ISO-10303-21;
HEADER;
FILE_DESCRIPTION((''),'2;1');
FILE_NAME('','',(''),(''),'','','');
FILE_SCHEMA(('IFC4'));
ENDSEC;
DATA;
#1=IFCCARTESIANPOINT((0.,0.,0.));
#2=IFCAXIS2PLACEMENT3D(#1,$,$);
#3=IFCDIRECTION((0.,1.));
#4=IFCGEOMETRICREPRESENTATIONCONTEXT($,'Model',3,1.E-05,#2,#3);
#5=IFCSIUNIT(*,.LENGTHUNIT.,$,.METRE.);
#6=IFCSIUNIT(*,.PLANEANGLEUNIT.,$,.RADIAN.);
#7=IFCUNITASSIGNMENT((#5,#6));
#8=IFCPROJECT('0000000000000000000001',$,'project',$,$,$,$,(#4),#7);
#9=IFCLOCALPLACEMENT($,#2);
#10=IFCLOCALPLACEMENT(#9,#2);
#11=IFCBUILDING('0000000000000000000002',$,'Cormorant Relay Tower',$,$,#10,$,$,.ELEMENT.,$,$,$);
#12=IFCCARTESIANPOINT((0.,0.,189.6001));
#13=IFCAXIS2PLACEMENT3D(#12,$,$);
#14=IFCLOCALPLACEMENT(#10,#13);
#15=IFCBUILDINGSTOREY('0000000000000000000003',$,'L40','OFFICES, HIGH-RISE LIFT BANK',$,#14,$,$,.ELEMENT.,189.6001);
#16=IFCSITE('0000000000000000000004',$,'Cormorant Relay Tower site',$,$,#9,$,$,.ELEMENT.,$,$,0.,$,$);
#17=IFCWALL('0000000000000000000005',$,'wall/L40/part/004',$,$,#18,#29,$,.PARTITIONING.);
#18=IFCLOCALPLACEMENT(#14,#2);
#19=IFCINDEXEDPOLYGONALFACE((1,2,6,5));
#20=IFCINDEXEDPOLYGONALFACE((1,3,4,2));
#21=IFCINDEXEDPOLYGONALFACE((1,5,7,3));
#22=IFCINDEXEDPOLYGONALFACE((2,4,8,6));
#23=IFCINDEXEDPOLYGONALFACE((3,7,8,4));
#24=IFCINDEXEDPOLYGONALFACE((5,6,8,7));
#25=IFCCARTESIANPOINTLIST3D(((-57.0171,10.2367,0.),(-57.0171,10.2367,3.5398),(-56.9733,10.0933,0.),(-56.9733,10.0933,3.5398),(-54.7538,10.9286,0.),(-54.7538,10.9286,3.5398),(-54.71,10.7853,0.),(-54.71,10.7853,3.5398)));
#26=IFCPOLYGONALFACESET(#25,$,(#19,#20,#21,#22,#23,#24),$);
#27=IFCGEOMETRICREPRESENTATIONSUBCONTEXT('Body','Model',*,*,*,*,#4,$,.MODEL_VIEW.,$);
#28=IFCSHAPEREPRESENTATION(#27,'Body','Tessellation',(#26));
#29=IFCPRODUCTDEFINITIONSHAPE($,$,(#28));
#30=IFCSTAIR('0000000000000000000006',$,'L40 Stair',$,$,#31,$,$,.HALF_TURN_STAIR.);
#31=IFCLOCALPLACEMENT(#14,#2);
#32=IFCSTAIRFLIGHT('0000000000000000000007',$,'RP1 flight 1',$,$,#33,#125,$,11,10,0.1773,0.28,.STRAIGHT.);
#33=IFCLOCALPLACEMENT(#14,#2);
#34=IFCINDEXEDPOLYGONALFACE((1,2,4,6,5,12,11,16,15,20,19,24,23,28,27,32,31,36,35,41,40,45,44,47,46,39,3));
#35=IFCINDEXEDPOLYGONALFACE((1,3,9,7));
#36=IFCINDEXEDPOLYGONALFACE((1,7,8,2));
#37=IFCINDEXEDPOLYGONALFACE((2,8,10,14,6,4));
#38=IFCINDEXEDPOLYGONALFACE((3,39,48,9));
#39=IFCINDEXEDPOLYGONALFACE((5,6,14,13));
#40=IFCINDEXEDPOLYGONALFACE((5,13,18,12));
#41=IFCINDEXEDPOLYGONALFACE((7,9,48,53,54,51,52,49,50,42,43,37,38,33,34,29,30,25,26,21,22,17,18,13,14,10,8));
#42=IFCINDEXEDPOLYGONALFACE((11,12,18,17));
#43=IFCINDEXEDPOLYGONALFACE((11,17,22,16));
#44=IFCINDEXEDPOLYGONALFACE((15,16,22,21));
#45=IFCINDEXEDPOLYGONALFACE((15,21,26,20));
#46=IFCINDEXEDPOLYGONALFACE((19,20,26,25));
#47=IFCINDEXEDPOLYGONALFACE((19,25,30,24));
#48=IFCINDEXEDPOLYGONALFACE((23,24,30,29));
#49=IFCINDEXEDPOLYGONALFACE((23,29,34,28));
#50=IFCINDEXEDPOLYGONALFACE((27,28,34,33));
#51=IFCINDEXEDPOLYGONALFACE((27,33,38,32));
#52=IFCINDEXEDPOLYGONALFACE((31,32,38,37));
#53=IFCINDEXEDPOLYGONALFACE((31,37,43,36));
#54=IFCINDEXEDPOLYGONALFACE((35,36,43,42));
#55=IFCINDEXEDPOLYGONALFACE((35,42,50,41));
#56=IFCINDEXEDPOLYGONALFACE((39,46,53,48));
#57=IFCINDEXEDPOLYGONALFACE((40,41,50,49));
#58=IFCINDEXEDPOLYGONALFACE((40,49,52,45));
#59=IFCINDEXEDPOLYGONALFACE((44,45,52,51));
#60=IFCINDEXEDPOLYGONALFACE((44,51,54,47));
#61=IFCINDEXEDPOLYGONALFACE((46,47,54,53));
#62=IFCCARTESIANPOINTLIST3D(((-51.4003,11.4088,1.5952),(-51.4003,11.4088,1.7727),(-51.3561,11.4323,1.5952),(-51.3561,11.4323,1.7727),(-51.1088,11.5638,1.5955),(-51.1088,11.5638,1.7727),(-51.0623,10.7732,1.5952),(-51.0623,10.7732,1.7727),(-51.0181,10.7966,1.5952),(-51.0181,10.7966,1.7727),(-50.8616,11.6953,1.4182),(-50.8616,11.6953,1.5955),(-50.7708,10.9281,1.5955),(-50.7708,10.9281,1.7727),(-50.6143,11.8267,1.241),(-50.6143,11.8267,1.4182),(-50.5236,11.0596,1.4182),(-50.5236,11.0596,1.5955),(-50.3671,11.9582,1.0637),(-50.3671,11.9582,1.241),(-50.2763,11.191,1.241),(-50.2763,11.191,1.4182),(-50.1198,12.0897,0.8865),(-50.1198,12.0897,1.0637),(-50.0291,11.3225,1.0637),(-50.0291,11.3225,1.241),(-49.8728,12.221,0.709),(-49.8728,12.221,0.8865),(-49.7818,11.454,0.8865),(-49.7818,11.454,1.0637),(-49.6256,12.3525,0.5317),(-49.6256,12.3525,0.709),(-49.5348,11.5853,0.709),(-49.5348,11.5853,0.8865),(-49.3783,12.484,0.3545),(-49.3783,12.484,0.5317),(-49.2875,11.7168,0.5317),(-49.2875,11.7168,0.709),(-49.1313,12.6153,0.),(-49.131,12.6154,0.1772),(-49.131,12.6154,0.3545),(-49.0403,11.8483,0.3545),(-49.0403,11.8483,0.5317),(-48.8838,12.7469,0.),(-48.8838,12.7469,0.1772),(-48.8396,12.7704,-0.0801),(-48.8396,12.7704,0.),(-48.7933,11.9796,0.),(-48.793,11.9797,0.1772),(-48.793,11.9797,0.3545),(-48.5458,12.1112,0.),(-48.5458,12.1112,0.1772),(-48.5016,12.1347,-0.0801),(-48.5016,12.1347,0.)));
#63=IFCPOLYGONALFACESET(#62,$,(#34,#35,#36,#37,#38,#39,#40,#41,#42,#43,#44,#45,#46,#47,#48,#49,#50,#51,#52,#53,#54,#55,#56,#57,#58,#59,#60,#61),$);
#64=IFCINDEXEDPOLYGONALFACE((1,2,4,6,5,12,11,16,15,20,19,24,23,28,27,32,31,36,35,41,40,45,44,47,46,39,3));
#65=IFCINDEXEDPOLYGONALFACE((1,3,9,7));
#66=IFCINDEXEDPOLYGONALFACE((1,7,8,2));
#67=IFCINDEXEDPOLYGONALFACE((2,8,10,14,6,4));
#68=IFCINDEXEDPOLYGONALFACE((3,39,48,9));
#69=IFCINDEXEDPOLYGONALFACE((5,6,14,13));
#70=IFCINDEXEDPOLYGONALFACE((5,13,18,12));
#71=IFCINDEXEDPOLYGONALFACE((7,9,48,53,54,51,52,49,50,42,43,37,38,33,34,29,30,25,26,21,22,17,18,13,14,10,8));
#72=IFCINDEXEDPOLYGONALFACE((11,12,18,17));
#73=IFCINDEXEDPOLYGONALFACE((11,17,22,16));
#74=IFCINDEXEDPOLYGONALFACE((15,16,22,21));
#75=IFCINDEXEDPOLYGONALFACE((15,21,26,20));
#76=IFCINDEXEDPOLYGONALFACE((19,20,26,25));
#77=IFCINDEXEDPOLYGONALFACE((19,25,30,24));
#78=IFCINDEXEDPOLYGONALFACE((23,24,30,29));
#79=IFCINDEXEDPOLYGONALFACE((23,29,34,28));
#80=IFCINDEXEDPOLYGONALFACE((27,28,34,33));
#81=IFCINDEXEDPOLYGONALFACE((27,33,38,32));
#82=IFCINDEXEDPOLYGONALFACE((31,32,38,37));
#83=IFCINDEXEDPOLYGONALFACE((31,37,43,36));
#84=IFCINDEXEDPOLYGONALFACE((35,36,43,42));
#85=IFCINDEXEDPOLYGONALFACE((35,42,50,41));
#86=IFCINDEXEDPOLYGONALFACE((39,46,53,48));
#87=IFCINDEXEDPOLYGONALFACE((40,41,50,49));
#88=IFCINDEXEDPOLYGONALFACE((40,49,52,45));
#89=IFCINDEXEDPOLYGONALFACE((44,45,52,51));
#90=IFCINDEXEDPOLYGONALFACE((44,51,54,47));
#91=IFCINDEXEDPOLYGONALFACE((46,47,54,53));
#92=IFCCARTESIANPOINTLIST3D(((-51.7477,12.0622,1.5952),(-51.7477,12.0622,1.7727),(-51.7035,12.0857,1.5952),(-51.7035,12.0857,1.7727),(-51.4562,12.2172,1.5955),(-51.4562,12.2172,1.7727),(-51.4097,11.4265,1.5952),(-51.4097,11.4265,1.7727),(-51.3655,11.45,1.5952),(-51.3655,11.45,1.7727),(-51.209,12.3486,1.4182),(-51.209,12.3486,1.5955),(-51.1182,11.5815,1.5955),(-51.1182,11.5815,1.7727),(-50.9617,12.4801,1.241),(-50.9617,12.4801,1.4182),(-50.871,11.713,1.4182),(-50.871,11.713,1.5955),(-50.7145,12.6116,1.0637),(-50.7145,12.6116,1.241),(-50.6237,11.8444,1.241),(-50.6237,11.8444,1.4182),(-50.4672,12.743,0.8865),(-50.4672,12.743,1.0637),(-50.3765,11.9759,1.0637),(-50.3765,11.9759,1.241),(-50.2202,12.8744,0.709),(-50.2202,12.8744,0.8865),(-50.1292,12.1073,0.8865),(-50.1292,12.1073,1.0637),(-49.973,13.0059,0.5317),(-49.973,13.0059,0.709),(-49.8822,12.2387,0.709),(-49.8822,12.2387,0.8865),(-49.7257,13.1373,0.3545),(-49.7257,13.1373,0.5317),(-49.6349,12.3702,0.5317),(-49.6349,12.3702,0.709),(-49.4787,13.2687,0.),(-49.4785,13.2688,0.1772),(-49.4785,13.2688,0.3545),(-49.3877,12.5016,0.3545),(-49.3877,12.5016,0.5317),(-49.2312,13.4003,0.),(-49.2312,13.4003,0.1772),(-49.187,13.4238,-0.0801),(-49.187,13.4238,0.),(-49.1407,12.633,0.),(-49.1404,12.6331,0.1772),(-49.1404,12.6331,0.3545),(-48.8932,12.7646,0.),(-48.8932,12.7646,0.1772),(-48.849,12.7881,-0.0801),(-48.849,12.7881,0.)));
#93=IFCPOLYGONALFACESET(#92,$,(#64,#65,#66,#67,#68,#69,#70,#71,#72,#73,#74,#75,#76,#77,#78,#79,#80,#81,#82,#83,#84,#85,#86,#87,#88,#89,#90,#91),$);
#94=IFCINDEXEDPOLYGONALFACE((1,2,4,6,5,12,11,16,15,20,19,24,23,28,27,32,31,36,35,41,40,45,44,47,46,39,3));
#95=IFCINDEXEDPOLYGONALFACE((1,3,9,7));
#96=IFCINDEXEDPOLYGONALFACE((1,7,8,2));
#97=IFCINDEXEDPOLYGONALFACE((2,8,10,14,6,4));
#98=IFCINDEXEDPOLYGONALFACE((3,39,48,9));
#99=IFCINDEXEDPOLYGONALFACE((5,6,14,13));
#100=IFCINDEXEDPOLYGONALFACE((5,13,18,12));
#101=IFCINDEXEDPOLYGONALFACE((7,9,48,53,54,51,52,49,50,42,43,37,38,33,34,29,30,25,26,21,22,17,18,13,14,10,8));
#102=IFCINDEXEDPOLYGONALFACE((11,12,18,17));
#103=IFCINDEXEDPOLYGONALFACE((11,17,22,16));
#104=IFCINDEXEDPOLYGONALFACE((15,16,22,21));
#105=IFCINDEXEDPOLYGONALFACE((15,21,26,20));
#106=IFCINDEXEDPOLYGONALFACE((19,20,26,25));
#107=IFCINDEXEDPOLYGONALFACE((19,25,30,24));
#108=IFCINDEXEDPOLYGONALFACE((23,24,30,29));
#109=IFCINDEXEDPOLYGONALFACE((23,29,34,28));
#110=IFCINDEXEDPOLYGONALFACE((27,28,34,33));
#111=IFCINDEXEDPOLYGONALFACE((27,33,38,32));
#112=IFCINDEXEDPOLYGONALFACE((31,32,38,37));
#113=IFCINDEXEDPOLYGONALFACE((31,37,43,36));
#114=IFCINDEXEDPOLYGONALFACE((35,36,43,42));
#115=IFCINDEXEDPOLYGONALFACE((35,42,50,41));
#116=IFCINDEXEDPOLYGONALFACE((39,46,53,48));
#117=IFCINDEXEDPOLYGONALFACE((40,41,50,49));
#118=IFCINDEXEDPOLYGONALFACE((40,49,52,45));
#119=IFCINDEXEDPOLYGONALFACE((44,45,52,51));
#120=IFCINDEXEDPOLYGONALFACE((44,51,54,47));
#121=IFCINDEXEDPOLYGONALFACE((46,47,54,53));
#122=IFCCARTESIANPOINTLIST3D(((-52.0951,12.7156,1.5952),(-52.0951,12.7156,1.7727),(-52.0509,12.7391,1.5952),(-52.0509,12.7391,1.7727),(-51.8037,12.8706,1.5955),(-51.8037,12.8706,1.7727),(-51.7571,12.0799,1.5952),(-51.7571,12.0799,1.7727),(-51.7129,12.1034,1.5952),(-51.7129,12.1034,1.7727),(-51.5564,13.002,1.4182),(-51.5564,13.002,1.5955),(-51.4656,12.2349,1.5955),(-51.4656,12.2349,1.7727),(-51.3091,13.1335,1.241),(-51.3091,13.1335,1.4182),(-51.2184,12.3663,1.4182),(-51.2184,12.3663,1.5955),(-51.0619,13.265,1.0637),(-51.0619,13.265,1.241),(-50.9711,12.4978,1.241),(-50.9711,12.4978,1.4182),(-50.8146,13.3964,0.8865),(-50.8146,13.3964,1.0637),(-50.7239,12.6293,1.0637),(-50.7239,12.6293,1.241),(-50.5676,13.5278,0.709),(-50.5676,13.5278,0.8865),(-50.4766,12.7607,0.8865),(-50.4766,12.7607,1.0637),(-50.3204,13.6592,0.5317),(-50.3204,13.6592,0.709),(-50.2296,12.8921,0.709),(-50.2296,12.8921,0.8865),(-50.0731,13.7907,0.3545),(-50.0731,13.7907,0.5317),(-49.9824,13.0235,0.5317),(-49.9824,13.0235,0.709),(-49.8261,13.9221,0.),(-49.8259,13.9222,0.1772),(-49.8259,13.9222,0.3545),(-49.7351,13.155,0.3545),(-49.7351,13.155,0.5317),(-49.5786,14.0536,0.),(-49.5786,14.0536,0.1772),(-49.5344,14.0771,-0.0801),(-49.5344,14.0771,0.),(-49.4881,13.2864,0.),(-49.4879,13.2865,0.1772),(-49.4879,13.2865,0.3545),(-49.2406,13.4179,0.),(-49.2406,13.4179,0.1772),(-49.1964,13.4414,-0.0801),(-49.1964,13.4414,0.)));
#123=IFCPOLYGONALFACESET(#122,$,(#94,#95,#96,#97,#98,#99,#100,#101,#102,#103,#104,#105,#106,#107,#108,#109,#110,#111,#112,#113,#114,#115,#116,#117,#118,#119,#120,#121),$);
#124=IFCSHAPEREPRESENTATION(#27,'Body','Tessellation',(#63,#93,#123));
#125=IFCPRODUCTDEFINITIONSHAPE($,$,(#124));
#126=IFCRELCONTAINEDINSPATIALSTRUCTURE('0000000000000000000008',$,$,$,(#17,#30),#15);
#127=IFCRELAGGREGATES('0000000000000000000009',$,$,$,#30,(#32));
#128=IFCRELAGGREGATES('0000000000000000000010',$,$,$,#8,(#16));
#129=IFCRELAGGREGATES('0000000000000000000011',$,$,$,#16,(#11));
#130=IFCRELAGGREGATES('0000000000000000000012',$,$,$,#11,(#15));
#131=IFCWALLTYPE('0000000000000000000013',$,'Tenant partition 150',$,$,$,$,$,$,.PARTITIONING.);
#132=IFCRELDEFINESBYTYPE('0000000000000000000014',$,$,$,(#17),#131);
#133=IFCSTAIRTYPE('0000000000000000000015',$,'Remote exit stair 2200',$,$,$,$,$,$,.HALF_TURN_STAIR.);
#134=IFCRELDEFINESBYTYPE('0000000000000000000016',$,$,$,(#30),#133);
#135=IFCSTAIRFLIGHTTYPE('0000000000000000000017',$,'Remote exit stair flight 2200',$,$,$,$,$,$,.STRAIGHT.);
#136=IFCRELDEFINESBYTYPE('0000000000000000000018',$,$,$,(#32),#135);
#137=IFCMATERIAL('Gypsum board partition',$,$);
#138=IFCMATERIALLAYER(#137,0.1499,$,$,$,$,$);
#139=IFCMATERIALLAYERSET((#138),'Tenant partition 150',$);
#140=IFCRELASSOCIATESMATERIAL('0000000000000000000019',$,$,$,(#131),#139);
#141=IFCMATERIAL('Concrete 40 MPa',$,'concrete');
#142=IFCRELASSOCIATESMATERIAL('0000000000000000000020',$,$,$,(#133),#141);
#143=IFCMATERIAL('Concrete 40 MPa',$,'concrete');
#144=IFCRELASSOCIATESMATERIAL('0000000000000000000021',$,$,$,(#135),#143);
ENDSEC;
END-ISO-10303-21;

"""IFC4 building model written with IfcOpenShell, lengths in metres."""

from ifc_helpers import new_model, si_unit, direction, frame, frame_2d, origin, place, context, subcontext, project, spatial, polyline, rectangle, outline, extrude, material, layer, layer_set, type_object, element, aggregate, save


model = new_model("IFC4")

# Units and contexts
model_context = context("Model", 3, precision=1e-05, world=origin(), true_north=direction((0.0, 1.0)))
body_context = subcontext(model_context, "Body", "Model", "MODEL_VIEW")
ifc_project = project(units=[si_unit("LENGTHUNIT", "METRE"), si_unit("PLANEANGLEUNIT", "RADIAN")], contexts=[model_context])

# Site, building, storey
site_placement = place(None, origin())
site = spatial("IfcSite", under=ifc_project, at=site_placement, Name="Cormorant Relay Tower site", CompositionType="ELEMENT", RefElevation=0.0)
building_placement = place(site_placement, origin())
building = spatial("IfcBuilding", under=site, at=building_placement, Name="Cormorant Relay Tower", CompositionType="ELEMENT")
storey_placement = place(building_placement, frame((0.0, 0.0, 189.6001)))
storey = spatial("IfcBuildingStorey", under=building, at=storey_placement, Name="L40", Description="OFFICES, HIGH-RISE LIFT BANK", CompositionType="ELEMENT", Elevation=189.6001)

# Wall
ifc_material_1 = material(Name="Gypsum board partition")
ifc_layer_1 = layer(ifc_material_1, 0.1499)
ifc_layer_set_1 = layer_set([ifc_layer_1], Name="Tenant partition 150")
wall_type_1 = type_object("IfcWallType", Name="Tenant partition 150", PredefinedType="PARTITIONING", material=ifc_layer_set_1)
wall_1_placement = place(storey_placement, frame((-54.7319, 10.8569, 0.0), z_axis=(0.0, 0.0, 1.0), x_axis=(-0.956308, -0.29236, 0.0)))
element("IfcWall", 1, at=wall_1_placement, inside=storey, type_object=wall_type_1, Name="wall/L40/part/004", PredefinedType="PARTITIONING", context=body_context, shape_type="SweptSolid", body=[
    extrude(rectangle(XDim=2.3667, YDim=0.1499, at=frame_2d((1.1833, 0.0))), origin(), (0.0, 0.0, 1.0), 3.5398),
])

# Stair, stair flight
ifc_material_2 = material(Name="Concrete 40 MPa", Category="concrete")
stair_type = type_object("IfcStairType", Name="Remote exit stair 2200", PredefinedType="HALF_TURN_STAIR", material=ifc_material_2)
stair_placement = place(storey_placement, origin())
stair = element("IfcStair", 2, at=stair_placement, inside=storey, type_object=stair_type, Name="L40 Stair", PredefinedType="HALF_TURN_STAIR")
ifc_material_3 = material(Name="Concrete 40 MPa", Category="concrete")
stair_flight_type = type_object("IfcStairFlightType", Name="Remote exit stair flight 2200", PredefinedType="STRAIGHT", material=ifc_material_3)
stair_flight_1_placement = place(storey_placement, frame((-49.0623, 13.0825, 0.0), z_axis=(0.0, 0.0, 1.0), x_axis=(-0.882948, -0.469472, 0.0)))
stair_flight_1 = element("IfcStairFlight", 3, at=stair_flight_1_placement, type_object=stair_flight_type, Name="RP1 flight 1", NumberOfRisers=11, NumberOfTreads=10, PredefinedType="STRAIGHT", RiserHeight=0.1773, TreadLength=0.28, context=body_context, shape_type="SweptSolid", body=[
    extrude(outline(polyline([(-0.05, -0.0801), (-0.05, 0.0), (0.0, 0.0), (0.0, 0.1772), (0.28, 0.1772), (0.28, 0.3545), (0.5601, 0.3545), (0.5601, 0.5317), (0.8401, 0.5317), (0.8401, 0.709), (1.1201, 0.709), (1.1201, 0.8865), (1.3999, 0.8865), (1.3999, 1.0637), (1.6799, 1.0637), (1.6799, 1.241), (1.96, 1.241), (1.96, 1.4182), (2.24, 1.4182), (2.24, 1.5955), (2.52, 1.5955), (2.52, 1.7727), (2.8, 1.7727), (2.8501, 1.7727), (2.8501, 1.5952), (2.8, 1.5952), (0.2803, 0.0), (-0.05, -0.0801)])), frame((0.0, 1.1001, 0.0), z_axis=(0.0, -1.0, 0.0), x_axis=(1.0, 0.0, 0.0)), (0.0, 0.0, 1.0), 0.72),
    extrude(outline(polyline([(-0.05, -0.0801), (-0.05, 0.0), (0.0, 0.0), (0.0, 0.1772), (0.28, 0.1772), (0.28, 0.3545), (0.5601, 0.3545), (0.5601, 0.5317), (0.8401, 0.5317), (0.8401, 0.709), (1.1201, 0.709), (1.1201, 0.8865), (1.3999, 0.8865), (1.3999, 1.0637), (1.6799, 1.0637), (1.6799, 1.241), (1.96, 1.241), (1.96, 1.4182), (2.24, 1.4182), (2.24, 1.5955), (2.52, 1.5955), (2.52, 1.7727), (2.8, 1.7727), (2.8501, 1.7727), (2.8501, 1.5952), (2.8, 1.5952), (0.2803, 0.0), (-0.05, -0.0801)])), frame((0.0, 0.3601, 0.0), z_axis=(0.0, -1.0, 0.0), x_axis=(1.0, 0.0, 0.0)), (0.0, 0.0, 1.0), 0.72),
    extrude(outline(polyline([(-0.05, -0.0801), (-0.05, 0.0), (0.0, 0.0), (0.0, 0.1772), (0.28, 0.1772), (0.28, 0.3545), (0.5601, 0.3545), (0.5601, 0.5317), (0.8401, 0.5317), (0.8401, 0.709), (1.1201, 0.709), (1.1201, 0.8865), (1.3999, 0.8865), (1.3999, 1.0637), (1.6799, 1.0637), (1.6799, 1.241), (1.96, 1.241), (1.96, 1.4182), (2.24, 1.4182), (2.24, 1.5955), (2.52, 1.5955), (2.52, 1.7727), (2.8, 1.7727), (2.8501, 1.7727), (2.8501, 1.5952), (2.8, 1.5952), (0.2803, 0.0), (-0.05, -0.0801)])), frame((0.0, -0.3799, 0.0), z_axis=(0.0, -1.0, 0.0), x_axis=(1.0, 0.0, 0.0)), (0.0, 0.0, 1.0), 0.72),
])
aggregate(stair, [stair_flight_1])

save(model, "model.ifc")
